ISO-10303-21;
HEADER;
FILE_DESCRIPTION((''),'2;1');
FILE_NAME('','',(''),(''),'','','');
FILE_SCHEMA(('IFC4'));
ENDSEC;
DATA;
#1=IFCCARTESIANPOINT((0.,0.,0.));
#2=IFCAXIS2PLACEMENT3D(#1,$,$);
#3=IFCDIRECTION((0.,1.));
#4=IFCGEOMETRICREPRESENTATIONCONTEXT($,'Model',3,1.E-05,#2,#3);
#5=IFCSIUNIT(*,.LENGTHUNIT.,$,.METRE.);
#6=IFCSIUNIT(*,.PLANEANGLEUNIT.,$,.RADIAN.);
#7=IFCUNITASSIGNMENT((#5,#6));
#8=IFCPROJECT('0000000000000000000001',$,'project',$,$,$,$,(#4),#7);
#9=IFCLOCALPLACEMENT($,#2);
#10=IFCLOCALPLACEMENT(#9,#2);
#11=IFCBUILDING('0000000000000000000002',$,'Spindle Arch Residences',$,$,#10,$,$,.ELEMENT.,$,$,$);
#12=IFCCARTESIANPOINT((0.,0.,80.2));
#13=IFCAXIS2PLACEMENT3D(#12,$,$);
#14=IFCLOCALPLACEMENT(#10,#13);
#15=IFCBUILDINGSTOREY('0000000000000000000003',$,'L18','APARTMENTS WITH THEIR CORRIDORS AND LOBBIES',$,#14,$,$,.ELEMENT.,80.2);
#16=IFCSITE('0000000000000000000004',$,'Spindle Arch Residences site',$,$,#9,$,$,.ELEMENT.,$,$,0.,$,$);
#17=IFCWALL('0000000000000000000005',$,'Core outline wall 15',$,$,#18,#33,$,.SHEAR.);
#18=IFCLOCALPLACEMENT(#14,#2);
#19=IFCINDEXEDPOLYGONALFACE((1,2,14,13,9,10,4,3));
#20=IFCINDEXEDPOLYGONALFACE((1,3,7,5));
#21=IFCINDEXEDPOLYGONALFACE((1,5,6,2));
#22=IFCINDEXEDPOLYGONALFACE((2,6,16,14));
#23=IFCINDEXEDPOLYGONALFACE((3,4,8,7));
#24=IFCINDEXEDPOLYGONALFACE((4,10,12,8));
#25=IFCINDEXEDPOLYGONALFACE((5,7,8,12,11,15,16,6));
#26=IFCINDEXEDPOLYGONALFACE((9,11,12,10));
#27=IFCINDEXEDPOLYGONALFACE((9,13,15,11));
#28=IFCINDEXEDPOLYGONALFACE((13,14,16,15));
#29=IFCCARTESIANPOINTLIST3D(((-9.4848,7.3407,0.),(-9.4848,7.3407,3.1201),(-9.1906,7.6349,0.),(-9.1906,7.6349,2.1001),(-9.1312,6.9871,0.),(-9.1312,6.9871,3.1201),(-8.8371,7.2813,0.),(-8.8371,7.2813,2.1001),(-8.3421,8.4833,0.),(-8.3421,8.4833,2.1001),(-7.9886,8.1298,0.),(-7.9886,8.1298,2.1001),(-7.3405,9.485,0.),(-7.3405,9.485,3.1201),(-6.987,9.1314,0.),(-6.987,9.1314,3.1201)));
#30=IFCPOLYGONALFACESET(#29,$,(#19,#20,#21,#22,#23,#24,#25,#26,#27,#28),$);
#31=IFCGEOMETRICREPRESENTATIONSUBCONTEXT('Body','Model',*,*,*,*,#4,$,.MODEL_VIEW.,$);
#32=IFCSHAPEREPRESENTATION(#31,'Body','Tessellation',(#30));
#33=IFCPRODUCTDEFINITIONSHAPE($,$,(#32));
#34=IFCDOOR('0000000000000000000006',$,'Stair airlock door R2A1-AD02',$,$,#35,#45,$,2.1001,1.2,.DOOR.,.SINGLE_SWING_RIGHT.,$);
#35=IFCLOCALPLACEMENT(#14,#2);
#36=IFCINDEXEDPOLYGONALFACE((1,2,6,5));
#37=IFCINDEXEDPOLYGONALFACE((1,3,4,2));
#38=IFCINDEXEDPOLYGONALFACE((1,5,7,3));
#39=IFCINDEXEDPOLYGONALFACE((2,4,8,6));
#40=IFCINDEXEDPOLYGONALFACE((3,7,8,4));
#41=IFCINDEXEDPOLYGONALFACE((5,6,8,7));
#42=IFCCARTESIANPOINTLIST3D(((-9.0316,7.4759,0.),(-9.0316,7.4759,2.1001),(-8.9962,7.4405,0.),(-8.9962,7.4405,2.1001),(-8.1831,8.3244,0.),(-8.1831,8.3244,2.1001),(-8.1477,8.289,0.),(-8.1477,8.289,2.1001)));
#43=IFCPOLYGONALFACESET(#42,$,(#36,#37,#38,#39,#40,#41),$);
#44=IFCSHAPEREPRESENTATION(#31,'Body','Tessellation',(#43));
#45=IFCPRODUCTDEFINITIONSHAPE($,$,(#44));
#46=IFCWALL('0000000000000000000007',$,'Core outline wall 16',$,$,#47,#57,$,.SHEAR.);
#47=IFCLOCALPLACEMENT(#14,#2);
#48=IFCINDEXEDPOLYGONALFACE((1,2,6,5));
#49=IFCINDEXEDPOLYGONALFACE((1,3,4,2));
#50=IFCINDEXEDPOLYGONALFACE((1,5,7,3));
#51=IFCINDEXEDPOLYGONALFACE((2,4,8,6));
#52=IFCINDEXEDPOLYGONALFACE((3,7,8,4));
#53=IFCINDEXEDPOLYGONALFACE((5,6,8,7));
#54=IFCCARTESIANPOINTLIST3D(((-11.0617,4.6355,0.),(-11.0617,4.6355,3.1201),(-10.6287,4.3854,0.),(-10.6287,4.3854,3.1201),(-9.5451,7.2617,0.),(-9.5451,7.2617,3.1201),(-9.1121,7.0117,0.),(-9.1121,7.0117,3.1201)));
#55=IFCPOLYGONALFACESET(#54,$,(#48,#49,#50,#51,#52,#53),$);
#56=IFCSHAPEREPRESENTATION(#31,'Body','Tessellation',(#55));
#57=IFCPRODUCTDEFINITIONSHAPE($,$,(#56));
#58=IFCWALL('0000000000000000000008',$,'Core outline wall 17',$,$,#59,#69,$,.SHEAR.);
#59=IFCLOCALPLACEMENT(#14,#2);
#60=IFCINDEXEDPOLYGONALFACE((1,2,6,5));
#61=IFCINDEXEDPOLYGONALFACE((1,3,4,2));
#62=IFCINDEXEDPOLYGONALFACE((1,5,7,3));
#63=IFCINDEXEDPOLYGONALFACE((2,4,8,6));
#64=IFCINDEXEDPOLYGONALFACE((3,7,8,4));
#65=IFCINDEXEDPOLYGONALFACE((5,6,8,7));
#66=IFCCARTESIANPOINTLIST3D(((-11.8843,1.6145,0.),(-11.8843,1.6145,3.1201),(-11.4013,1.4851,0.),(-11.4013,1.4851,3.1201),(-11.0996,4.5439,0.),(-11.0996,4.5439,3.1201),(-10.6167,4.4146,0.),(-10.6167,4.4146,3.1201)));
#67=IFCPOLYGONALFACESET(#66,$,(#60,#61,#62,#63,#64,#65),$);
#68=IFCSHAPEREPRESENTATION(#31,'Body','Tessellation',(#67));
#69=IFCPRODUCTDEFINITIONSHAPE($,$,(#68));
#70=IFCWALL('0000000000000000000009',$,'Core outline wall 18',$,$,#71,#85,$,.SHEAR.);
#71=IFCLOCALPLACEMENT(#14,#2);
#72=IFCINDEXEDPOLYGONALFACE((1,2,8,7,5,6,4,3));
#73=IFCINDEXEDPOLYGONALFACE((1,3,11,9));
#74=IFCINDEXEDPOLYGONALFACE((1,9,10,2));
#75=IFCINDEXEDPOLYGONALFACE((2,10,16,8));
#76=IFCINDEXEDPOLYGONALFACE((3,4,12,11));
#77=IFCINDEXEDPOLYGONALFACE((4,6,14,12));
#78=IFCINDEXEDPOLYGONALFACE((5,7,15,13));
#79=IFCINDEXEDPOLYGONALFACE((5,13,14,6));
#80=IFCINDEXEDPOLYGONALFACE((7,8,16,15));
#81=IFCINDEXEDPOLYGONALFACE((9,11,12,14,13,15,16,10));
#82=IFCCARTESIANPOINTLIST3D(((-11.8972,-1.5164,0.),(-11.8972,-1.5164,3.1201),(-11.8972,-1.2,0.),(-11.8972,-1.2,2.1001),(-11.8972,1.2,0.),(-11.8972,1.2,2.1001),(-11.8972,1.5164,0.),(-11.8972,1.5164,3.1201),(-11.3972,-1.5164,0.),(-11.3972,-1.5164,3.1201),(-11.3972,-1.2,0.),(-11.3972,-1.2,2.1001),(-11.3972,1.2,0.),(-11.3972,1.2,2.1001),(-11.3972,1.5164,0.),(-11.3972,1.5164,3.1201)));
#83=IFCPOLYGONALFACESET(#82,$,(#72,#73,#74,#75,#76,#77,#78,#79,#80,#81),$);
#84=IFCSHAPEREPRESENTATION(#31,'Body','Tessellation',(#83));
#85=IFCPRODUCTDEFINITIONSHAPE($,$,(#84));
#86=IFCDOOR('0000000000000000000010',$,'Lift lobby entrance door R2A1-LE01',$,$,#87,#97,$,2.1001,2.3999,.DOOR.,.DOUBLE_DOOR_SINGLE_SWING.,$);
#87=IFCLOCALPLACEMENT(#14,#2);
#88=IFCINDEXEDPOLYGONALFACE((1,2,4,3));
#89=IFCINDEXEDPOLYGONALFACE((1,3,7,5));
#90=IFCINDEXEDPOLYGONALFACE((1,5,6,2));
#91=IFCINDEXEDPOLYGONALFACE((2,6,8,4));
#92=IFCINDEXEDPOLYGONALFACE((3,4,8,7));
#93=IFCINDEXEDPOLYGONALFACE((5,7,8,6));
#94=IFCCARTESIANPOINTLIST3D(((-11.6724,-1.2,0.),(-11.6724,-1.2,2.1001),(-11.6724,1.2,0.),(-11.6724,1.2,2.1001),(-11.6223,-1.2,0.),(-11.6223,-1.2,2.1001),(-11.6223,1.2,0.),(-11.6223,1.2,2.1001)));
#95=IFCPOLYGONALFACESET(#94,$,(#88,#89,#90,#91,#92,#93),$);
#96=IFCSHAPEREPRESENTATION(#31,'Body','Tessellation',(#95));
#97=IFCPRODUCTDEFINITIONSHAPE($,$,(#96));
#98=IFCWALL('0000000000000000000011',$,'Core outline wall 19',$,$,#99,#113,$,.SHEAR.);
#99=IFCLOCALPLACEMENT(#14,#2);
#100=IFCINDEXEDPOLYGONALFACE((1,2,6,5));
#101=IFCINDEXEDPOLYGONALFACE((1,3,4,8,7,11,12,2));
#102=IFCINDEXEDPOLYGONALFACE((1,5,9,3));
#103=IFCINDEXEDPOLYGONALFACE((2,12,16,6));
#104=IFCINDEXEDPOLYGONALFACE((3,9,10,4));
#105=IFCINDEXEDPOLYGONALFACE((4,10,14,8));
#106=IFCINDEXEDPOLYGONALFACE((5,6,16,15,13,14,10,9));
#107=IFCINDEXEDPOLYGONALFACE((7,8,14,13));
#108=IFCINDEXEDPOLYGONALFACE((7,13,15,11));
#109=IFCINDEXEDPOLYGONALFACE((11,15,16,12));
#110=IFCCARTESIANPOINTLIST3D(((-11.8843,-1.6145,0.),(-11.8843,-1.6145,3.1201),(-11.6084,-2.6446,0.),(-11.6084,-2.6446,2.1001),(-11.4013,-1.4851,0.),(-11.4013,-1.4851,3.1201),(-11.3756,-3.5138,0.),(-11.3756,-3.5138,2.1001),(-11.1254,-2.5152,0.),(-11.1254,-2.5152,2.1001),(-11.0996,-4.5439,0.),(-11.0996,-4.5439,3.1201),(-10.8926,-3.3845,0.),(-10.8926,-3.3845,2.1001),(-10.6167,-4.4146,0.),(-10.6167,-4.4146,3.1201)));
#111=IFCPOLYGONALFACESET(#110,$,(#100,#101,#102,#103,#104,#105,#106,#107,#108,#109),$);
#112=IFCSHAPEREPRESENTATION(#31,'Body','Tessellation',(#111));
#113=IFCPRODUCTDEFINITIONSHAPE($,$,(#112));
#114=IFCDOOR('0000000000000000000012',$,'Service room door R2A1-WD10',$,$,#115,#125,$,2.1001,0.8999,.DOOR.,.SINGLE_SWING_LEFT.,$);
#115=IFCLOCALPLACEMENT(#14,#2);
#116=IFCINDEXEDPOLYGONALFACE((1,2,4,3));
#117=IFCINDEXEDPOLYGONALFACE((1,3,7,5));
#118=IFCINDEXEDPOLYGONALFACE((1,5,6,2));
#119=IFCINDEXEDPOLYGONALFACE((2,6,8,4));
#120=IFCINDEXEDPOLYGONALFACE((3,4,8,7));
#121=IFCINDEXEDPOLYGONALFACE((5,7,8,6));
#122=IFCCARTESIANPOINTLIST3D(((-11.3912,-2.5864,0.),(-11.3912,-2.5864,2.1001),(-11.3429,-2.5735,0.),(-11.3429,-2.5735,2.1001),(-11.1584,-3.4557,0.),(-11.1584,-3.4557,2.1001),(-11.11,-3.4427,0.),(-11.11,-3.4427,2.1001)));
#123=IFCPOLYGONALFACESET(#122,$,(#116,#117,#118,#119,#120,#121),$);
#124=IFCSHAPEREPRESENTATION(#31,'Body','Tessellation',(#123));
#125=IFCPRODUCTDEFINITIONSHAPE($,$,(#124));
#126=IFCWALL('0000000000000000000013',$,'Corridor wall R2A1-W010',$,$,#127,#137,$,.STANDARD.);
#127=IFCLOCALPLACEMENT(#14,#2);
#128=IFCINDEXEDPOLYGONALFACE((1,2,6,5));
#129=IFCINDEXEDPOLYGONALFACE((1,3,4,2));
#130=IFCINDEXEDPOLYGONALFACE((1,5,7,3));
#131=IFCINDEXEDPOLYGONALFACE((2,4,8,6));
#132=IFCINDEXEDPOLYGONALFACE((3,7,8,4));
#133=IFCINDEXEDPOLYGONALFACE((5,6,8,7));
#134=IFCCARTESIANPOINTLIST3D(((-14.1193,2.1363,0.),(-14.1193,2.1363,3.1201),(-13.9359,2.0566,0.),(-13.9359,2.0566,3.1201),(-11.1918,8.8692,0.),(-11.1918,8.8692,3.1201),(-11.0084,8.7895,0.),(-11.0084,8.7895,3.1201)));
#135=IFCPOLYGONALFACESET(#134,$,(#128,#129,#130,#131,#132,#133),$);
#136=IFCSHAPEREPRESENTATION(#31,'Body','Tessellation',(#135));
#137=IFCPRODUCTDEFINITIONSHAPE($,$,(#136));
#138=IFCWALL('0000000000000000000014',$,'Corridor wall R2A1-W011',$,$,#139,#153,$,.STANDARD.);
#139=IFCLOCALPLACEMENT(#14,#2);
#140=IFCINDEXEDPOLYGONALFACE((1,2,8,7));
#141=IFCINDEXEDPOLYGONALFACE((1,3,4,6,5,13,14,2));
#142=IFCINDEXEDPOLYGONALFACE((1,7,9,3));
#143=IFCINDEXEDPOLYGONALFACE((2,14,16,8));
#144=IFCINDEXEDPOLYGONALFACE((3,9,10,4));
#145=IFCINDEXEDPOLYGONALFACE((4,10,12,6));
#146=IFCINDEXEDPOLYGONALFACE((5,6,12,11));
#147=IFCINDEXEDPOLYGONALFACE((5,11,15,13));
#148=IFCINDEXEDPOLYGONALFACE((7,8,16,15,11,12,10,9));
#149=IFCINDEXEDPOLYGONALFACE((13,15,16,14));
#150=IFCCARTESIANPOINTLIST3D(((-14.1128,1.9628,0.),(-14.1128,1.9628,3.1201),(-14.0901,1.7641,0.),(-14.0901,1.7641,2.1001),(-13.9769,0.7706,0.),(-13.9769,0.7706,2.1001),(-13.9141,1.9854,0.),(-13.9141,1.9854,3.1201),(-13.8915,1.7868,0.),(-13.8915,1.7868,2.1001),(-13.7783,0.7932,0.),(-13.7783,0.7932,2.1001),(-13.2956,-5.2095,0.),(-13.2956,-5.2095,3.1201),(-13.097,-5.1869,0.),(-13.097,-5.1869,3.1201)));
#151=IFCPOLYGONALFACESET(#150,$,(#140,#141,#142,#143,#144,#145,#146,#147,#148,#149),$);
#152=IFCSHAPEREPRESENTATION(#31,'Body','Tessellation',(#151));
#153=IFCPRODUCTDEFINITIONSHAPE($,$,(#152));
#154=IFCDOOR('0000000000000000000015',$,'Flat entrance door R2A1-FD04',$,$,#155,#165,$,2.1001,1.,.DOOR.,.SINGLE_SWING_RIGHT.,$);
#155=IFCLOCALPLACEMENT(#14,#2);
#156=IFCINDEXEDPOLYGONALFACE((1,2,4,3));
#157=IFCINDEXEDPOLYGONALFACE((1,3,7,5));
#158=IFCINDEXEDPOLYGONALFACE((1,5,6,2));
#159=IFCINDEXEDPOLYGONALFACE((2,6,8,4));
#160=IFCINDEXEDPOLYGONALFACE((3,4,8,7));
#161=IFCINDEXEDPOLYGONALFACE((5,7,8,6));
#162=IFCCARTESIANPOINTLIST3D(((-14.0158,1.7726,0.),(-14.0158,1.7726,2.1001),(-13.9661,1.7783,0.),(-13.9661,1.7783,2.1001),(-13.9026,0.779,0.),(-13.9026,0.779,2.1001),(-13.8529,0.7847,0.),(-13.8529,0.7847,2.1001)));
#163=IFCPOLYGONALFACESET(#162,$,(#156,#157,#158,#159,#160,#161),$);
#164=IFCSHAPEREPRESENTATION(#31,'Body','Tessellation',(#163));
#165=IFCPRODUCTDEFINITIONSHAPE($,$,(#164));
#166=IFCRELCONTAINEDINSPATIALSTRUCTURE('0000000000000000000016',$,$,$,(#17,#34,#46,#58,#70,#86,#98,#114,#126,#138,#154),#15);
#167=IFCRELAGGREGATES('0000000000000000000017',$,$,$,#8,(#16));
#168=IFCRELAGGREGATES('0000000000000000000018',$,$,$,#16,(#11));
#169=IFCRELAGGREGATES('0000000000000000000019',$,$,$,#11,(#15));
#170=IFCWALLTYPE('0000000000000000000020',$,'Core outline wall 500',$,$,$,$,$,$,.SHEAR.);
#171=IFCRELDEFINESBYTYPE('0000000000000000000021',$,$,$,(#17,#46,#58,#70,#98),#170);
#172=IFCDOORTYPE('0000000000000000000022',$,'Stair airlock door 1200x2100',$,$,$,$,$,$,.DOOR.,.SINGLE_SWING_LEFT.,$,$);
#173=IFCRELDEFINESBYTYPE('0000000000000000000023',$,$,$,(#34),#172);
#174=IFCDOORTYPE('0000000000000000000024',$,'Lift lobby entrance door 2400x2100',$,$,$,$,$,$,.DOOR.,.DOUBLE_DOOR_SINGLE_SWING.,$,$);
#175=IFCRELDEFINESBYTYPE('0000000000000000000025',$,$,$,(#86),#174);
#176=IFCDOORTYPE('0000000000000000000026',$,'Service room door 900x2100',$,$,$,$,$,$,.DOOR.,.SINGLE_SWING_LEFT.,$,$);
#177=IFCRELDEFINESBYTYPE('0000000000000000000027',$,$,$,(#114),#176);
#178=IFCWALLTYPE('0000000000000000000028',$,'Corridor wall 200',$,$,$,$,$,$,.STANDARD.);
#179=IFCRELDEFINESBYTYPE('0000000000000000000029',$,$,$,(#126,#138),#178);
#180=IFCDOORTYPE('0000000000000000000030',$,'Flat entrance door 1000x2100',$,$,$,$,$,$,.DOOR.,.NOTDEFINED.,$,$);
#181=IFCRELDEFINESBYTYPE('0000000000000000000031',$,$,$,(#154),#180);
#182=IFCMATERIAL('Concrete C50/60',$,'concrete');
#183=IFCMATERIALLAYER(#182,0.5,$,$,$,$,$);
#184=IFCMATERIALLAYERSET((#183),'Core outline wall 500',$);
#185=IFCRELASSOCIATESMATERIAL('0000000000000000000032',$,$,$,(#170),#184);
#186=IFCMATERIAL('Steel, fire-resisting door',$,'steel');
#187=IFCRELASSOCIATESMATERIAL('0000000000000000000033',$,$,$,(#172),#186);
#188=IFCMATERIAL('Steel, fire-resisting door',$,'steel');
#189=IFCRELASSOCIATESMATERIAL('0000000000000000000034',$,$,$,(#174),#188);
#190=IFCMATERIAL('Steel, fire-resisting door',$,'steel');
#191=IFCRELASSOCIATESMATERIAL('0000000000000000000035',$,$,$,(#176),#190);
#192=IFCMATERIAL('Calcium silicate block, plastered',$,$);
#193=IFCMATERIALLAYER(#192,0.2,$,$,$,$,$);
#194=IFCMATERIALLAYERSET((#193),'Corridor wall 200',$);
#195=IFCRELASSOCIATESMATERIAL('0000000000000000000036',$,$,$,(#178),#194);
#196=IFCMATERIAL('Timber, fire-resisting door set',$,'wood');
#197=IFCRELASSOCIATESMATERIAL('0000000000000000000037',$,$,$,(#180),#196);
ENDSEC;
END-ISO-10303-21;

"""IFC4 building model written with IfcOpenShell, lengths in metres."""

from ifc_helpers import new_model, si_unit, direction, frame, frame_2d, origin, place, context, subcontext, project, spatial, rectangle, extrude, material, layer, layer_set, type_object, element, fill, save


model = new_model("IFC4")

# Units and contexts
model_context = context("Model", 3, precision=1e-05, world=origin(), true_north=direction((0.0, 1.0)))
body_context = subcontext(model_context, "Body", "Model", "MODEL_VIEW")
ifc_project = project(units=[si_unit("LENGTHUNIT", "METRE"), si_unit("PLANEANGLEUNIT", "RADIAN")], contexts=[model_context])

# Site, building, storey
site_placement = place(None, origin())
site = spatial("IfcSite", under=ifc_project, at=site_placement, Name="Spindle Arch Residences site", CompositionType="ELEMENT", RefElevation=0.0)
building_placement = place(site_placement, origin())
building = spatial("IfcBuilding", under=site, at=building_placement, Name="Spindle Arch Residences", CompositionType="ELEMENT")
storey_placement = place(building_placement, frame((0.0, 0.0, 80.2)))
storey = spatial("IfcBuildingStorey", under=building, at=storey_placement, Name="L18", Description="APARTMENTS WITH THEIR CORRIDORS AND LOBBIES", CompositionType="ELEMENT", Elevation=80.2)

# Wall, opening, door
ifc_material_1 = material(Name="Concrete C50/60", Category="concrete")
ifc_layer_1 = layer(ifc_material_1, 0.5)
ifc_layer_set_1 = layer_set([ifc_layer_1], Name="Core outline wall 500")
wall_type_1 = type_object("IfcWallType", Name="Core outline wall 500", PredefinedType="SHEAR", material=ifc_layer_set_1)
wall_1_placement = place(storey_placement, frame((-7.1638, 9.3081, 0.0), z_axis=(0.0, 0.0, 1.0), x_axis=(-0.707107, -0.707107, 0.0)))
wall_1 = element("IfcWall", 1, at=wall_1_placement, inside=storey, type_object=wall_type_1, Name="Core outline wall 15", PredefinedType="SHEAR", context=body_context, shape_type="SweptSolid", body=[
    extrude(rectangle(XDim=3.0325, YDim=0.5, at=frame_2d((1.5161, 0.0))), origin(), (0.0, 0.0, 1.0), 3.1201),
])
opening_1_placement = place(wall_1_placement, frame((1.4163, 0.0, 0.0)))
opening_1 = element("IfcOpeningElement", 2, at=opening_1_placement, cuts=wall_1, PredefinedType="OPENING", context=body_context, shape_type="SweptSolid", body=[
    extrude(rectangle(XDim=1.2, YDim=2.1001, at=frame_2d((0.6001, 1.05))), frame((0.0, 0.26, 0.0), z_axis=(0.0, -1.0, 0.0), x_axis=(1.0, 0.0, 0.0)), (0.0, 0.0, 1.0), 0.52),
])
ifc_material_2 = material(Name="Steel, fire-resisting door", Category="steel")
door_type_1 = type_object("IfcDoorType", Name="Stair airlock door 1200x2100", OperationType="SINGLE_SWING_LEFT", PredefinedType="DOOR", material=ifc_material_2)
door_1_placement = place(opening_1_placement, origin())
door_1 = element("IfcDoor", 3, at=door_1_placement, inside=storey, type_object=door_type_1, Name="Stair airlock door R2A1-AD02", OperationType="SINGLE_SWING_RIGHT", OverallHeight=2.1001, OverallWidth=1.2, PredefinedType="DOOR", context=body_context, shape_type="SweptSolid", body=[
    extrude(rectangle(XDim=1.2, YDim=2.1001, at=frame_2d((0.6001, 1.05))), frame((0.0, 0.0249, 0.0), z_axis=(0.0, -1.0, 0.0), x_axis=(1.0, 0.0, 0.0)), (0.0, 0.0, 1.0), 0.05),
])
fill(opening_1, door_1)

# Walls
for number, where, z_axis, x_axis, name in (
    (4, (-9.3286, 7.1367, 0.0), (0.0, 0.0, 1.0), (-0.500087, -0.865975, 0.0), "Core outline wall 16"),
    (5, (-10.8582, 4.4792, 0.0), (0.0, 0.0, 1.0), (-0.258735, -0.965948, 0.0), "Core outline wall 17"),
):
    element("IfcWall", number, at=place(storey_placement, frame(where, z_axis=z_axis, x_axis=x_axis)), inside=storey, type_object=wall_type_1, Name=name, PredefinedType="SHEAR", context=body_context, shape_type="SweptSolid", body=[
        extrude(rectangle(XDim=3.0327, YDim=0.5, at=frame_2d((1.5164, 0.0))), origin(), (0.0, 0.0, 1.0), 3.1201),
    ])

# Walls, openings, doors
wall_2_placement = place(storey_placement, frame((-11.6472, 1.5164, 0.0), z_axis=(0.0, 0.0, 1.0), x_axis=(0.0, -1.0, 0.0)))
wall_2 = element("IfcWall", 6, at=wall_2_placement, inside=storey, type_object=wall_type_1, Name="Core outline wall 18", PredefinedType="SHEAR", context=body_context, shape_type="SweptSolid", body=[
    extrude(rectangle(XDim=3.0327, YDim=0.5, at=frame_2d((1.5164, 0.0))), origin(), (0.0, 0.0, 1.0), 3.1201),
])
opening_2_placement = place(wall_2_placement, frame((0.3164, 0.0, 0.0)))
opening_2 = element("IfcOpeningElement", 7, at=opening_2_placement, cuts=wall_2, PredefinedType="OPENING", context=body_context, shape_type="SweptSolid", body=[
    extrude(rectangle(XDim=2.3999, YDim=2.1001, at=frame_2d((1.2, 1.05))), frame((0.0, 0.26, 0.0), z_axis=(0.0, -1.0, 0.0), x_axis=(1.0, 0.0, 0.0)), (0.0, 0.0, 1.0), 0.52),
])
ifc_material_3 = material(Name="Steel, fire-resisting door", Category="steel")
door_type_2 = type_object("IfcDoorType", Name="Lift lobby entrance door 2400x2100", OperationType="DOUBLE_DOOR_SINGLE_SWING", PredefinedType="DOOR", material=ifc_material_3)
door_2_placement = place(opening_2_placement, origin())
door_2 = element("IfcDoor", 8, at=door_2_placement, inside=storey, type_object=door_type_2, Name="Lift lobby entrance door R2A1-LE01", OperationType="DOUBLE_DOOR_SINGLE_SWING", OverallHeight=2.1001, OverallWidth=2.3999, PredefinedType="DOOR", context=body_context, shape_type="SweptSolid", body=[
    extrude(rectangle(XDim=2.3999, YDim=2.1001, at=frame_2d((1.2, 1.05))), frame((0.0, 0.0249, 0.0), z_axis=(0.0, -1.0, 0.0), x_axis=(1.0, 0.0, 0.0)), (0.0, 0.0, 1.0), 0.05),
])
fill(opening_2, door_2)
wall_3_placement = place(storey_placement, frame((-11.6428, -1.5498, 0.0), z_axis=(0.0, 0.0, 1.0), x_axis=(0.258735, -0.965948, 0.0)))
wall_3 = element("IfcWall", 9, at=wall_3_placement, inside=storey, type_object=wall_type_1, Name="Core outline wall 19", PredefinedType="SHEAR", context=body_context, shape_type="SweptSolid", body=[
    extrude(rectangle(XDim=3.0327, YDim=0.5, at=frame_2d((1.5164, 0.0))), origin(), (0.0, 0.0, 1.0), 3.1201),
])
opening_3_placement = place(wall_3_placement, frame((1.0664, 0.0, 0.0)))
opening_3 = element("IfcOpeningElement", 10, at=opening_3_placement, cuts=wall_3, PredefinedType="OPENING", context=body_context, shape_type="SweptSolid", body=[
    extrude(rectangle(XDim=0.8999, YDim=2.1001, at=frame_2d((0.45, 1.05))), frame((0.0, 0.26, 0.0), z_axis=(0.0, -1.0, 0.0), x_axis=(1.0, 0.0, 0.0)), (0.0, 0.0, 1.0), 0.52),
])
ifc_material_4 = material(Name="Steel, fire-resisting door", Category="steel")
door_type_3 = type_object("IfcDoorType", Name="Service room door 900x2100", OperationType="SINGLE_SWING_LEFT", PredefinedType="DOOR", material=ifc_material_4)
door_3_placement = place(opening_3_placement, origin())
door_3 = element("IfcDoor", 11, at=door_3_placement, inside=storey, type_object=door_type_3, Name="Service room door R2A1-WD10", OperationType="SINGLE_SWING_LEFT", OverallHeight=2.1001, OverallWidth=0.8999, PredefinedType="DOOR", context=body_context, shape_type="SweptSolid", body=[
    extrude(rectangle(XDim=0.8999, YDim=2.1001, at=frame_2d((0.45, 1.05))), frame((0.0, 0.0249, 0.0), z_axis=(0.0, -1.0, 0.0), x_axis=(1.0, 0.0, 0.0)), (0.0, 0.0, 1.0), 0.05),
])
fill(opening_3, door_3)

# Wall
ifc_material_5 = material(Name="Calcium silicate block, plastered")
ifc_layer_2 = layer(ifc_material_5, 0.2)
ifc_layer_set_2 = layer_set([ifc_layer_2], Name="Corridor wall 200")
wall_type_2 = type_object("IfcWallType", Name="Corridor wall 200", PredefinedType="STANDARD", material=ifc_layer_set_2)
wall_4_placement = place(storey_placement, frame((-11.1001, 8.8293, 0.0), z_axis=(0.0, 0.0, 1.0), x_axis=(-0.398742, -0.917063, 0.0)))
element("IfcWall", 12, at=wall_4_placement, inside=storey, type_object=wall_type_2, Name="Corridor wall R2A1-W010", PredefinedType="STANDARD", context=body_context, shape_type="SweptSolid", body=[
    extrude(rectangle(XDim=7.3418, YDim=0.2, at=frame_2d((3.6709, 0.0))), origin(), (0.0, 0.0, 1.0), 3.1201),
])

# Wall, opening, door
wall_5_placement = place(storey_placement, frame((-14.0134, 1.9741, 0.0), z_axis=(0.0, 0.0, 1.0), x_axis=(0.113197, -0.993573, 0.0)))
wall_5 = element("IfcWall", 13, at=wall_5_placement, inside=storey, type_object=wall_type_2, Name="Corridor wall R2A1-W011", PredefinedType="STANDARD", context=body_context, shape_type="SweptSolid", body=[
    extrude(rectangle(XDim=7.2188, YDim=0.2, at=frame_2d((3.6094, 0.0))), origin(), (0.0, 0.0, 1.0), 3.1201),
])
opening_4_placement = place(wall_5_placement, frame((0.2, 0.0, 0.0)))
opening_4 = element("IfcOpeningElement", 14, at=opening_4_placement, cuts=wall_5, PredefinedType="OPENING", context=body_context, shape_type="SweptSolid", body=[
    extrude(rectangle(XDim=1.0, YDim=2.1001, at=frame_2d((0.5, 1.05))), frame((0.0, 0.1099, 0.0), z_axis=(0.0, -1.0, 0.0), x_axis=(1.0, 0.0, 0.0)), (0.0, 0.0, 1.0), 0.22),
])
ifc_material_6 = material(Name="Timber, fire-resisting door set", Category="wood")
door_type_4 = type_object("IfcDoorType", Name="Flat entrance door 1000x2100", OperationType="NOTDEFINED", PredefinedType="DOOR", material=ifc_material_6)
door_4_placement = place(opening_4_placement, origin())
door_4 = element("IfcDoor", 15, at=door_4_placement, inside=storey, type_object=door_type_4, Name="Flat entrance door R2A1-FD04", OperationType="SINGLE_SWING_RIGHT", OverallHeight=2.1001, OverallWidth=1.0, PredefinedType="DOOR", context=body_context, shape_type="SweptSolid", body=[
    extrude(rectangle(XDim=1.0, YDim=2.1001, at=frame_2d((0.5, 1.05))), frame((0.0, 0.0249, 0.0), z_axis=(0.0, -1.0, 0.0), x_axis=(1.0, 0.0, 0.0)), (0.0, 0.0, 1.0), 0.05),
])
fill(opening_4, door_4)

save(model, "model.ifc")
